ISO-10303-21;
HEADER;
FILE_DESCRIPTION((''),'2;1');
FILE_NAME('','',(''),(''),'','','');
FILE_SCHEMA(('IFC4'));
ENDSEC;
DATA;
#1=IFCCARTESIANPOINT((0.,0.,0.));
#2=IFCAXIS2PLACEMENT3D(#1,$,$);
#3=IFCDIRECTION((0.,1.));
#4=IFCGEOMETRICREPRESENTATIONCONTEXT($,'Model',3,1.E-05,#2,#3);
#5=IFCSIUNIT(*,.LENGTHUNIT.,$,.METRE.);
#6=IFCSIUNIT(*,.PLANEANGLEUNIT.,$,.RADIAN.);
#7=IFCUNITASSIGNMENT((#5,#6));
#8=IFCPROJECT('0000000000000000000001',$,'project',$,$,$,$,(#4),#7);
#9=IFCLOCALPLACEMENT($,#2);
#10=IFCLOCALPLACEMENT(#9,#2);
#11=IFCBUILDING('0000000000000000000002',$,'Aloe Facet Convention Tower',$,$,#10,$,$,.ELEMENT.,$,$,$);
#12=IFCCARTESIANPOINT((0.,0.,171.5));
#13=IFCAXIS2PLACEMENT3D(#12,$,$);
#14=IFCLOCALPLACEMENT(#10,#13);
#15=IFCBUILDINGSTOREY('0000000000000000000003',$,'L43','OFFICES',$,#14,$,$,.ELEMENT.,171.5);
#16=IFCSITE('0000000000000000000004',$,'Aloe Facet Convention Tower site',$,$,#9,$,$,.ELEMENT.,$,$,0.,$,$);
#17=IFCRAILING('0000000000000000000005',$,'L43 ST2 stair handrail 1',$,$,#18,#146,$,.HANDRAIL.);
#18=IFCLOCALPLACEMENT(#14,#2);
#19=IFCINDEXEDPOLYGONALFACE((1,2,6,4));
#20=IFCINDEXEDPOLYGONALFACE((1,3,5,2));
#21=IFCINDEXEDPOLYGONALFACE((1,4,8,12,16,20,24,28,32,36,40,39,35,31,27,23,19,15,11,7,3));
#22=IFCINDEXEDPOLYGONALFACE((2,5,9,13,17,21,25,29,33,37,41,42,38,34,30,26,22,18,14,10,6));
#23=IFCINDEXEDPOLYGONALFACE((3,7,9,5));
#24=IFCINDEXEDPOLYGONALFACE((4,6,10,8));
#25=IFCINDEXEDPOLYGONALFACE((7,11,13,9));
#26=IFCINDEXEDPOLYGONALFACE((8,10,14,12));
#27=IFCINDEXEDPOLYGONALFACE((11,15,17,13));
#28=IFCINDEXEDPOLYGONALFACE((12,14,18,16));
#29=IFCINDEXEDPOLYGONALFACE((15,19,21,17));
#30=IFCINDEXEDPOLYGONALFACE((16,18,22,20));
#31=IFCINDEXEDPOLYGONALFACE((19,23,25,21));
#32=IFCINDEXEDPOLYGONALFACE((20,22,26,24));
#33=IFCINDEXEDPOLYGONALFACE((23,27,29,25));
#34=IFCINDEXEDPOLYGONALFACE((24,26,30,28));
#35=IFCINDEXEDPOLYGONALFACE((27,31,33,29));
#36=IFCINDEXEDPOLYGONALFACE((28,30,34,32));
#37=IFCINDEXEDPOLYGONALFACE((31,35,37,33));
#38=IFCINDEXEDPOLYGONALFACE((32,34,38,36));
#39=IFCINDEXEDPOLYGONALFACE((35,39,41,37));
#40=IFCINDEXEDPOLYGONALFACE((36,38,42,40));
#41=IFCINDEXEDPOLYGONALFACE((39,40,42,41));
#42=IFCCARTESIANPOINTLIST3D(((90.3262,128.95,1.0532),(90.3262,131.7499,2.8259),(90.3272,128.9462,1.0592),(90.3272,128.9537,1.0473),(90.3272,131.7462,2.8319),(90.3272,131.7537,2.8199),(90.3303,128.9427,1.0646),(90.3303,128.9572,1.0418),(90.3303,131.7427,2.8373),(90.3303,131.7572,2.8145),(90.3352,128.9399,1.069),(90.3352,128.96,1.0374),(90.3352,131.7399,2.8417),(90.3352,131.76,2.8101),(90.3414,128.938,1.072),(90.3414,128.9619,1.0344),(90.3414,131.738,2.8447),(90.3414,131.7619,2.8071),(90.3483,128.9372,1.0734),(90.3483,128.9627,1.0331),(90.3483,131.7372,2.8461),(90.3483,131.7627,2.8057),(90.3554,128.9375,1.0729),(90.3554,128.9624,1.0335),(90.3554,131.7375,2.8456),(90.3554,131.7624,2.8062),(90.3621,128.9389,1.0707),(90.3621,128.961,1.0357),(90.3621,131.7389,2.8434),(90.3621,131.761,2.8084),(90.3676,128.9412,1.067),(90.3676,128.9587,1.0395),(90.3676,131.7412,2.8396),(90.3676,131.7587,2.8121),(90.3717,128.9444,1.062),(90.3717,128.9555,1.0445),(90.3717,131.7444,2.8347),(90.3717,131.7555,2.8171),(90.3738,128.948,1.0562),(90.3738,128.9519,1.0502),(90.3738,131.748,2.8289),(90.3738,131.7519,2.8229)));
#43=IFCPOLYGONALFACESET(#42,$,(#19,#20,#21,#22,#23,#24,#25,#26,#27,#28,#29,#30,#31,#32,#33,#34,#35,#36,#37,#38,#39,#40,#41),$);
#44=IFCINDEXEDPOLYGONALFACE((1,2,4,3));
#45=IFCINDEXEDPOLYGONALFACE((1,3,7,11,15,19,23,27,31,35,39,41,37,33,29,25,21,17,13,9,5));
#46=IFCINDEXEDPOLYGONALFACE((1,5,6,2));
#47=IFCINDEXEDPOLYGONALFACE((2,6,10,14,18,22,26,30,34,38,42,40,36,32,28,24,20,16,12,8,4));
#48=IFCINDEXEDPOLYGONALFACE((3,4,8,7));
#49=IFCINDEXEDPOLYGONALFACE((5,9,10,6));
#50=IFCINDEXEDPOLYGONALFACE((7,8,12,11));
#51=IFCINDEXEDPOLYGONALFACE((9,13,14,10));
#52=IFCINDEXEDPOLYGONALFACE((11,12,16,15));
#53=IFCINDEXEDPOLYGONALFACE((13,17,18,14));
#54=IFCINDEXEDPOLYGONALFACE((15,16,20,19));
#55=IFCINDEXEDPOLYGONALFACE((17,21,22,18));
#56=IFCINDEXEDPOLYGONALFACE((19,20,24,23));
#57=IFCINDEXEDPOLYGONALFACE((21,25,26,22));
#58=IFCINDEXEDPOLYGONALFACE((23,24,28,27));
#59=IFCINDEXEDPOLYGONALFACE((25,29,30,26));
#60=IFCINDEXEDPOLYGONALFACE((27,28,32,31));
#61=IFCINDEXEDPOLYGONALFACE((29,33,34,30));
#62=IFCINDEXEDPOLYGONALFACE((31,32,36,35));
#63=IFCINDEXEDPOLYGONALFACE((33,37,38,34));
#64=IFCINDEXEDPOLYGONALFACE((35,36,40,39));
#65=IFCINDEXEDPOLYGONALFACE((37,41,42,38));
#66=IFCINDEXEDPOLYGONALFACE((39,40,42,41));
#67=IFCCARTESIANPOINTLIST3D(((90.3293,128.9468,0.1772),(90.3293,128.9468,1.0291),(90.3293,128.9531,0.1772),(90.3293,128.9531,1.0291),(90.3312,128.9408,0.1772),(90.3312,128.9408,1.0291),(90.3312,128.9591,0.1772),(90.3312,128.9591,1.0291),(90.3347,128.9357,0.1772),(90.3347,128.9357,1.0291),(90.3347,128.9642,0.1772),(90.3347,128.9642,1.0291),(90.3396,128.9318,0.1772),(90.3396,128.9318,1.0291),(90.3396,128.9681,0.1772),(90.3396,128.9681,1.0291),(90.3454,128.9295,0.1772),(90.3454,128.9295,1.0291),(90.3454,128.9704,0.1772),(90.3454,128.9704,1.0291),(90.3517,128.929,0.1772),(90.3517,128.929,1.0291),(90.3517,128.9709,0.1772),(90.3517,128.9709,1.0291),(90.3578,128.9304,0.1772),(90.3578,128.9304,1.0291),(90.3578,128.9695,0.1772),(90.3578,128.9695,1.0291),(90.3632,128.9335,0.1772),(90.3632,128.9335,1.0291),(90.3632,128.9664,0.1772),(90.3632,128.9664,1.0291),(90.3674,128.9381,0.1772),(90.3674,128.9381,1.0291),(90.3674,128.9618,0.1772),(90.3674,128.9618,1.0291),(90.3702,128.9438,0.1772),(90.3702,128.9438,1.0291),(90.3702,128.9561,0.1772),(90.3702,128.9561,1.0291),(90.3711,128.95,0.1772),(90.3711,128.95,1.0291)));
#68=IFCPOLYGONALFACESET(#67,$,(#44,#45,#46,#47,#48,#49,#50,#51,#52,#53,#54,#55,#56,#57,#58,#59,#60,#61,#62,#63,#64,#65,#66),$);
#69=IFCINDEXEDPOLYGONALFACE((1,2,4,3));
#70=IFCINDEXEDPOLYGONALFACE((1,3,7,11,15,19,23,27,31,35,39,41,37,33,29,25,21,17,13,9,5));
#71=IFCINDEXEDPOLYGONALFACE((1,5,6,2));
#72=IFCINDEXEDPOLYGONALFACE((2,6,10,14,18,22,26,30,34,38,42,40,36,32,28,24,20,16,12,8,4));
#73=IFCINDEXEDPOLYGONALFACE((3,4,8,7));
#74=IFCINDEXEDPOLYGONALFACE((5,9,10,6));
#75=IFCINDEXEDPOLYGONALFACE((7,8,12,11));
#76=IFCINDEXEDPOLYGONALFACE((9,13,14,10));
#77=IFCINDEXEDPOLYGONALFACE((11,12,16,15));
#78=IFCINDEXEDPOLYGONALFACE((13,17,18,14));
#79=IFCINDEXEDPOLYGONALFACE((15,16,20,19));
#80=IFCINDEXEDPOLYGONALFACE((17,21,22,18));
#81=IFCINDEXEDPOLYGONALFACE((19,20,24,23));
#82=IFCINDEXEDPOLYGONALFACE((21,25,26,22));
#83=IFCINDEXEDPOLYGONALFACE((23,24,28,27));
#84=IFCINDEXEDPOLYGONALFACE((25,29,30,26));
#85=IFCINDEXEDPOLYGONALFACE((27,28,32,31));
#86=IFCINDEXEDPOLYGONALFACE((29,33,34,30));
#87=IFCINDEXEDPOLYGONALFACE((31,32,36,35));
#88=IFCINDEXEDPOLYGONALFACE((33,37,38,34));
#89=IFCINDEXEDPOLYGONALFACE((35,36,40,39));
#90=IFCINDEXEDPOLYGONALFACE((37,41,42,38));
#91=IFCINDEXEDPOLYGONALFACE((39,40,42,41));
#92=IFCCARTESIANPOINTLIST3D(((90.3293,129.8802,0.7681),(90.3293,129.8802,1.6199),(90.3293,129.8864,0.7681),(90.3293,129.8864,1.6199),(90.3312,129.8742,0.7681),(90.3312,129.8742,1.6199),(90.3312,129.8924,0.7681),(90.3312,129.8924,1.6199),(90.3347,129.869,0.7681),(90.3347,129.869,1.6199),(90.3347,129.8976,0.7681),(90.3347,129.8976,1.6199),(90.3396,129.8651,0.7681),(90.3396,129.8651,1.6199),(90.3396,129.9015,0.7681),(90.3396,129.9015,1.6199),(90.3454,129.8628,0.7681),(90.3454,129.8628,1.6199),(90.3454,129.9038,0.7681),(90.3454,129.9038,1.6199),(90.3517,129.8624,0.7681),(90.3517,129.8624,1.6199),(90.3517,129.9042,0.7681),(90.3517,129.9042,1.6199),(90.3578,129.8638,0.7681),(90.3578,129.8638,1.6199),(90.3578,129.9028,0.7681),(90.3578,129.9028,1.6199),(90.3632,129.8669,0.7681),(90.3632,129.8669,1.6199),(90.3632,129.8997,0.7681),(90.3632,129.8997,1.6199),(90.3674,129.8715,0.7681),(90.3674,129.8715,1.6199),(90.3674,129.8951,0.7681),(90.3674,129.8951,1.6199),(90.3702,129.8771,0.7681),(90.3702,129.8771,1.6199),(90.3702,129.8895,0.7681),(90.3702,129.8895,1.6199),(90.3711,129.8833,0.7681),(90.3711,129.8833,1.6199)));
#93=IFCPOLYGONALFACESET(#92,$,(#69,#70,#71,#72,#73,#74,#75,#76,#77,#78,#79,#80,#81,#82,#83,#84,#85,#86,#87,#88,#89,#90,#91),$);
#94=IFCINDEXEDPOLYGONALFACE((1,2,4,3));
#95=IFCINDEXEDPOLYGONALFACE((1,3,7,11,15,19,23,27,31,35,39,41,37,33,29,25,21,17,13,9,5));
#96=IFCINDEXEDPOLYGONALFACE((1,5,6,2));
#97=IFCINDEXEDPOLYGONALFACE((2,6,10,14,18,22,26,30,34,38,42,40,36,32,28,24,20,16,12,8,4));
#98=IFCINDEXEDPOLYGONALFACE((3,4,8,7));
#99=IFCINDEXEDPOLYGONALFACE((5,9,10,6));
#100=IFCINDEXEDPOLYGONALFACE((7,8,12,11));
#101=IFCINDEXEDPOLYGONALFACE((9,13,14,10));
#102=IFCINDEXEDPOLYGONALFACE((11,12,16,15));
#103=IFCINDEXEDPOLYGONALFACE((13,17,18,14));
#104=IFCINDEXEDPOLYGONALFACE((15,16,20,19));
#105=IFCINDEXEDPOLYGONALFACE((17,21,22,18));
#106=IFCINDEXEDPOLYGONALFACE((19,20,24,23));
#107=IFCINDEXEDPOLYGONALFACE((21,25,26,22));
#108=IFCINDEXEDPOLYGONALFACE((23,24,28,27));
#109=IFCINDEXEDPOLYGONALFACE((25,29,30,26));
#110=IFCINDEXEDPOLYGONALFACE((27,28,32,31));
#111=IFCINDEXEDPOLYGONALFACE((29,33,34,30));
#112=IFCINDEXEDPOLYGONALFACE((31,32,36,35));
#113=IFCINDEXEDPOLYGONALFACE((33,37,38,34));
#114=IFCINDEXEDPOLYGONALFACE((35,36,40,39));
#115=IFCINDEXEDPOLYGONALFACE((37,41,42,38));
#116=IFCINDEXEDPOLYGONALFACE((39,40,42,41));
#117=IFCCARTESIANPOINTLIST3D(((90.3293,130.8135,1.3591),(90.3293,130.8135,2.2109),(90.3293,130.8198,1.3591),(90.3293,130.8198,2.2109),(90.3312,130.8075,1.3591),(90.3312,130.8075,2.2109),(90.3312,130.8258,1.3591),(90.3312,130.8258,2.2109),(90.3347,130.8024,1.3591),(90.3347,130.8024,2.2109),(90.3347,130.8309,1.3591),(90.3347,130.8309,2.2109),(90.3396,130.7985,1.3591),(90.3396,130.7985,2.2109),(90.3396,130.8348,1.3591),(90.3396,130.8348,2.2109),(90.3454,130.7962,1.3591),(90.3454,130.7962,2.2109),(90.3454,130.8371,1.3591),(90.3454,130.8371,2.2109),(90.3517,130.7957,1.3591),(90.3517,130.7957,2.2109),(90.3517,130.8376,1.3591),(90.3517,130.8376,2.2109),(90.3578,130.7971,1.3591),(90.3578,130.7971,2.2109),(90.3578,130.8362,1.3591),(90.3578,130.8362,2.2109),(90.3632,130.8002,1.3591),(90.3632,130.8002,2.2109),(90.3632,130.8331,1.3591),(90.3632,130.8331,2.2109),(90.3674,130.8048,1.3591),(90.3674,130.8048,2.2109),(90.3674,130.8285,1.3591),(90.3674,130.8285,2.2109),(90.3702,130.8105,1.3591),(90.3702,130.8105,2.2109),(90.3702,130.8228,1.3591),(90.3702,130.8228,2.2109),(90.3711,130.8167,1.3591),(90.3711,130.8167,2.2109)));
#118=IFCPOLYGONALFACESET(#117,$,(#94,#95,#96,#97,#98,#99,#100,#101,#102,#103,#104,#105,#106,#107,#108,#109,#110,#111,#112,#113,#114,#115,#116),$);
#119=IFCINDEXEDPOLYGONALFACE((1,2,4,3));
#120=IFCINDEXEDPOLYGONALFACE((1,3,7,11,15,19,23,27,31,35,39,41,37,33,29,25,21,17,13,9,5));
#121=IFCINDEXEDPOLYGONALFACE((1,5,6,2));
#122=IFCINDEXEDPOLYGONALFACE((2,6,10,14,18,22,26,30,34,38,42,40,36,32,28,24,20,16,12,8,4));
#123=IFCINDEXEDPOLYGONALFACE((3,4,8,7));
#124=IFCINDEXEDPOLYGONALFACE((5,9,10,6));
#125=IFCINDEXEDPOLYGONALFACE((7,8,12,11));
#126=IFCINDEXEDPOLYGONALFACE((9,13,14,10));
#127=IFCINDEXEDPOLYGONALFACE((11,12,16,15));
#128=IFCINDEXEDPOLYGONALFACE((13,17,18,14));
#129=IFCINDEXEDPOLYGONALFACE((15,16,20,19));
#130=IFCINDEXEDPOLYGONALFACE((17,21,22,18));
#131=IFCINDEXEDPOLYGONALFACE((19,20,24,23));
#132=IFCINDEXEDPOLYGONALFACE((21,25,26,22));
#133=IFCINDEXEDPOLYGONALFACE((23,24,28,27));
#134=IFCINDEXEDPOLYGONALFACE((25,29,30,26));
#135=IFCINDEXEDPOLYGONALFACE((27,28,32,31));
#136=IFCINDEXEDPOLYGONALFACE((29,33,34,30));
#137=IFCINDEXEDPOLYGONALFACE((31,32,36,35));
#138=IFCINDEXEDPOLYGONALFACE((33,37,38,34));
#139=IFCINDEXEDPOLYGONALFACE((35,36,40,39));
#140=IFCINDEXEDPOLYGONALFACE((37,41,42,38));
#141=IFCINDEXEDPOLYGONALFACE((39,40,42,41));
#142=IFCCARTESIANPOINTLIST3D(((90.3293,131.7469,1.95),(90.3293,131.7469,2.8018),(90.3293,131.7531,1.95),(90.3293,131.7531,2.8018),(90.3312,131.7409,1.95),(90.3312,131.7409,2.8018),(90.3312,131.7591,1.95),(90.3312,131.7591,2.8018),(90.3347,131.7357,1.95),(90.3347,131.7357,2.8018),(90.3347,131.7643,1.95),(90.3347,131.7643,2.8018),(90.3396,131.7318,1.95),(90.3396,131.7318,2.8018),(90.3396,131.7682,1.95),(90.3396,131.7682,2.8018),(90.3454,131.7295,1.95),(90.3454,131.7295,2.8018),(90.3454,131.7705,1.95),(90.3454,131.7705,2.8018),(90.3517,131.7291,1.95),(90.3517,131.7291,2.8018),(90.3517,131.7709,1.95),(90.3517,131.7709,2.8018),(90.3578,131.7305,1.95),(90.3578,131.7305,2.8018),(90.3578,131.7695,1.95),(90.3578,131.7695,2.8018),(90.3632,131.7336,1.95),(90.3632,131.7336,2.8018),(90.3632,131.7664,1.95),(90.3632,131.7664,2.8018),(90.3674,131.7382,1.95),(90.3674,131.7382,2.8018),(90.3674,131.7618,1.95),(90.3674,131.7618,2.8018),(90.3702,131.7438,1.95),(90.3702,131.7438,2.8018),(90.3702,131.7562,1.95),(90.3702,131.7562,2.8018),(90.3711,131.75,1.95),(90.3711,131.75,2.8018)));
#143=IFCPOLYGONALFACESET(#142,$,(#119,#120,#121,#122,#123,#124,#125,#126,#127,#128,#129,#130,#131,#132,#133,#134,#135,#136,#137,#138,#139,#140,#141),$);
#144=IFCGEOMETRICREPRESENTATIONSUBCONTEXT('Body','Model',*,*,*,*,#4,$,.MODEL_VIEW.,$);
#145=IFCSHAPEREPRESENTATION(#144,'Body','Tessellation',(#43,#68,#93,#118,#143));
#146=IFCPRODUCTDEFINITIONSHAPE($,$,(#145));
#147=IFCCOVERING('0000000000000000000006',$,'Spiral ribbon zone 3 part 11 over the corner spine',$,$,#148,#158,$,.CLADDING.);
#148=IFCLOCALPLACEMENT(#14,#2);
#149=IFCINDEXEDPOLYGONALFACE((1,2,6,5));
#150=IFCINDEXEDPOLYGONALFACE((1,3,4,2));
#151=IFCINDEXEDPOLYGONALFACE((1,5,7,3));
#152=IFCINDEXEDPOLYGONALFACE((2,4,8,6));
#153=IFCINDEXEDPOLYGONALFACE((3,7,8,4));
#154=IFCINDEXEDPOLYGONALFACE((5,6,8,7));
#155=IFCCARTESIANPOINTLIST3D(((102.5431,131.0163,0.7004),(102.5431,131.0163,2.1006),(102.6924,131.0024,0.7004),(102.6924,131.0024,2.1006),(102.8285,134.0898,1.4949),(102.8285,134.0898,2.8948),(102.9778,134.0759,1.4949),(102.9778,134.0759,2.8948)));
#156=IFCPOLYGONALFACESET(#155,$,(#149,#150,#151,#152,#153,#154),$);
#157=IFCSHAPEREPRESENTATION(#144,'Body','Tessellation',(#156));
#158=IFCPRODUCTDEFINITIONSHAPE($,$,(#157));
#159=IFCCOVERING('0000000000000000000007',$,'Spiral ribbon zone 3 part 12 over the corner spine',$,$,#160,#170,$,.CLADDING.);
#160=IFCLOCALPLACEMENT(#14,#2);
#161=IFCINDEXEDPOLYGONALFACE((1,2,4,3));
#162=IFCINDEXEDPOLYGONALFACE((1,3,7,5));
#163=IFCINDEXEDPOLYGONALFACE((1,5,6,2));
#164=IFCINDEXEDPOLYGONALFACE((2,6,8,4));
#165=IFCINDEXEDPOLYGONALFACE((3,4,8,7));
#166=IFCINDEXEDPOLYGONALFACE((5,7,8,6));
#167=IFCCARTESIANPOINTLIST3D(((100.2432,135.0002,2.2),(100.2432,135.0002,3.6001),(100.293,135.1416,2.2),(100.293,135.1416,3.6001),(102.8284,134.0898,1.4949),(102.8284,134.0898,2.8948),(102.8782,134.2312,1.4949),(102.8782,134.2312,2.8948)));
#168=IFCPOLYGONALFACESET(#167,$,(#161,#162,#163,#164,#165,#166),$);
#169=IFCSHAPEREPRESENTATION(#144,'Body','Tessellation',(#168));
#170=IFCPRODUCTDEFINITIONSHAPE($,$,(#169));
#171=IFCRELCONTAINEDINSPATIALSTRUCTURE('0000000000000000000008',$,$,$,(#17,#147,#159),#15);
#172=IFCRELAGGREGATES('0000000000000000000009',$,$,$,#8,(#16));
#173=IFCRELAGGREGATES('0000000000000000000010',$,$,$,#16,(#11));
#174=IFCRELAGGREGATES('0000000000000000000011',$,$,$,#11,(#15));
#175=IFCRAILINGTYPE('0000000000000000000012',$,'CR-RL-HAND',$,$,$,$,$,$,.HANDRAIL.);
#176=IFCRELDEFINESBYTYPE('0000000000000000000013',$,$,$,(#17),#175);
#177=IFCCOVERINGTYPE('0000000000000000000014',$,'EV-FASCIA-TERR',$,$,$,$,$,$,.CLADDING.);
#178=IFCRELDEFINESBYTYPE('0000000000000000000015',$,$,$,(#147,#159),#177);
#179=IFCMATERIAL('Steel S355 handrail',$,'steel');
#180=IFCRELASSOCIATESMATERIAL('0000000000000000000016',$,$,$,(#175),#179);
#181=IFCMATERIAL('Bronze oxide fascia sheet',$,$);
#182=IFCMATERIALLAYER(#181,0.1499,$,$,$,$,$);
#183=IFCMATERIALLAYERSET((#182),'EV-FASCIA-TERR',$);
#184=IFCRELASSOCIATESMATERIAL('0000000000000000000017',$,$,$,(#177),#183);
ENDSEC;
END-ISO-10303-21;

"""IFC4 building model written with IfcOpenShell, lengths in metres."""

from ifc_helpers import new_model, si_unit, direction, frame, origin, origin_2d, place, context, subcontext, project, spatial, polyline, circle, outline, extrude, material, layer, layer_set, type_object, element, save


model = new_model("IFC4")

# Units and contexts
model_context = context("Model", 3, precision=1e-05, world=origin(), true_north=direction((0.0, 1.0)))
body_context = subcontext(model_context, "Body", "Model", "MODEL_VIEW")
ifc_project = project(units=[si_unit("LENGTHUNIT", "METRE"), si_unit("PLANEANGLEUNIT", "RADIAN")], contexts=[model_context])

# Site, building, storey
site_placement = place(None, origin())
site = spatial("IfcSite", under=ifc_project, at=site_placement, Name="Aloe Facet Convention Tower site", CompositionType="ELEMENT", RefElevation=0.0)
building_placement = place(site_placement, origin())
building = spatial("IfcBuilding", under=site, at=building_placement, Name="Aloe Facet Convention Tower", CompositionType="ELEMENT")
storey_placement = place(building_placement, frame((0.0, 0.0, 171.5)))
storey = spatial("IfcBuildingStorey", under=building, at=storey_placement, Name="L43", Description="OFFICES", CompositionType="ELEMENT", Elevation=171.5)

# Railing
ifc_material_1 = material(Name="Steel S355 handrail", Category="steel")
railing_type_1 = type_object("IfcRailingType", Name="CR-RL-HAND", PredefinedType="HANDRAIL", material=ifc_material_1)
railing_1_placement = place(storey_placement, frame((90.3501, 128.95, 0.1772)))
element("IfcRailing", 1, at=railing_1_placement, inside=storey, type_object=railing_type_1, Name="L43 ST2 stair handrail 1", PredefinedType="HANDRAIL", context=body_context, shape_type="SweptSolid", body=[
    extrude(circle(Radius=0.0239, at=origin_2d()), frame((0.0, 0.0, 0.876), z_axis=(0.0, 0.844909, 0.53491), x_axis=(-1.0, 0.0, 0.0)), (0.0, 0.0, 1.0), 3.314),
    extrude(circle(Radius=0.021, at=origin_2d()), origin(), (0.0, 0.0, 1.0), 0.8518),
    extrude(circle(Radius=0.021, at=origin_2d()), frame((0.0, 0.9333, 0.5908)), (0.0, 0.0, 1.0), 0.8518),
    extrude(circle(Radius=0.021, at=origin_2d()), frame((0.0, 1.8667, 1.1819)), (0.0, 0.0, 1.0), 0.8518),
    extrude(circle(Radius=0.021, at=origin_2d()), frame((0.0, 2.8, 1.7727)), (0.0, 0.0, 1.0), 0.8518),
])

# Coverings
ifc_material_2 = material(Name="Bronze oxide fascia sheet")
ifc_layer_1 = layer(ifc_material_2, 0.1499)
ifc_layer_set_1 = layer_set([ifc_layer_1], Name="EV-FASCIA-TERR")
covering_type = type_object("IfcCoveringType", Name="EV-FASCIA-TERR", PredefinedType="CLADDING", material=ifc_layer_set_1)
covering_1_placement = place(storey_placement, frame((102.6924, 131.0024, 0.7004), z_axis=(0.995716, -0.092461, 0.0), x_axis=(0.089543, 0.964291, 0.24925)))
element("IfcCovering", 2, at=covering_1_placement, inside=storey, type_object=covering_type, Name="Spiral ribbon zone 3 part 11 over the corner spine", PredefinedType="CLADDING", context=body_context, shape_type="SweptSolid", body=[
    extrude(outline(polyline([(0.0, 0.0), (3.1873, 0.0), (3.5362, 1.3557), (0.349, 1.356), (0.0, 0.0)])), origin(), (0.0, 0.0, -1.0), 0.1499),
])
covering_2_placement = place(storey_placement, frame((102.8782, 134.2312, 1.4949), z_axis=(0.332163, 0.943222, 0.0), x_axis=(-0.91348, 0.321689, 0.249139)))
element("IfcCovering", 3, at=covering_2_placement, inside=storey, type_object=covering_type, Name="Spiral ribbon zone 3 part 12 over the corner spine", PredefinedType="CLADDING", context=body_context, shape_type="SweptSolid", body=[
    extrude(outline(polyline([(0.0, 0.0), (2.8301, 0.0), (3.1789, 1.356), (0.3488, 1.3558), (0.0, 0.0)])), origin(), (0.0, 0.0, -1.0), 0.1499),
])

save(model, "model.ifc")
